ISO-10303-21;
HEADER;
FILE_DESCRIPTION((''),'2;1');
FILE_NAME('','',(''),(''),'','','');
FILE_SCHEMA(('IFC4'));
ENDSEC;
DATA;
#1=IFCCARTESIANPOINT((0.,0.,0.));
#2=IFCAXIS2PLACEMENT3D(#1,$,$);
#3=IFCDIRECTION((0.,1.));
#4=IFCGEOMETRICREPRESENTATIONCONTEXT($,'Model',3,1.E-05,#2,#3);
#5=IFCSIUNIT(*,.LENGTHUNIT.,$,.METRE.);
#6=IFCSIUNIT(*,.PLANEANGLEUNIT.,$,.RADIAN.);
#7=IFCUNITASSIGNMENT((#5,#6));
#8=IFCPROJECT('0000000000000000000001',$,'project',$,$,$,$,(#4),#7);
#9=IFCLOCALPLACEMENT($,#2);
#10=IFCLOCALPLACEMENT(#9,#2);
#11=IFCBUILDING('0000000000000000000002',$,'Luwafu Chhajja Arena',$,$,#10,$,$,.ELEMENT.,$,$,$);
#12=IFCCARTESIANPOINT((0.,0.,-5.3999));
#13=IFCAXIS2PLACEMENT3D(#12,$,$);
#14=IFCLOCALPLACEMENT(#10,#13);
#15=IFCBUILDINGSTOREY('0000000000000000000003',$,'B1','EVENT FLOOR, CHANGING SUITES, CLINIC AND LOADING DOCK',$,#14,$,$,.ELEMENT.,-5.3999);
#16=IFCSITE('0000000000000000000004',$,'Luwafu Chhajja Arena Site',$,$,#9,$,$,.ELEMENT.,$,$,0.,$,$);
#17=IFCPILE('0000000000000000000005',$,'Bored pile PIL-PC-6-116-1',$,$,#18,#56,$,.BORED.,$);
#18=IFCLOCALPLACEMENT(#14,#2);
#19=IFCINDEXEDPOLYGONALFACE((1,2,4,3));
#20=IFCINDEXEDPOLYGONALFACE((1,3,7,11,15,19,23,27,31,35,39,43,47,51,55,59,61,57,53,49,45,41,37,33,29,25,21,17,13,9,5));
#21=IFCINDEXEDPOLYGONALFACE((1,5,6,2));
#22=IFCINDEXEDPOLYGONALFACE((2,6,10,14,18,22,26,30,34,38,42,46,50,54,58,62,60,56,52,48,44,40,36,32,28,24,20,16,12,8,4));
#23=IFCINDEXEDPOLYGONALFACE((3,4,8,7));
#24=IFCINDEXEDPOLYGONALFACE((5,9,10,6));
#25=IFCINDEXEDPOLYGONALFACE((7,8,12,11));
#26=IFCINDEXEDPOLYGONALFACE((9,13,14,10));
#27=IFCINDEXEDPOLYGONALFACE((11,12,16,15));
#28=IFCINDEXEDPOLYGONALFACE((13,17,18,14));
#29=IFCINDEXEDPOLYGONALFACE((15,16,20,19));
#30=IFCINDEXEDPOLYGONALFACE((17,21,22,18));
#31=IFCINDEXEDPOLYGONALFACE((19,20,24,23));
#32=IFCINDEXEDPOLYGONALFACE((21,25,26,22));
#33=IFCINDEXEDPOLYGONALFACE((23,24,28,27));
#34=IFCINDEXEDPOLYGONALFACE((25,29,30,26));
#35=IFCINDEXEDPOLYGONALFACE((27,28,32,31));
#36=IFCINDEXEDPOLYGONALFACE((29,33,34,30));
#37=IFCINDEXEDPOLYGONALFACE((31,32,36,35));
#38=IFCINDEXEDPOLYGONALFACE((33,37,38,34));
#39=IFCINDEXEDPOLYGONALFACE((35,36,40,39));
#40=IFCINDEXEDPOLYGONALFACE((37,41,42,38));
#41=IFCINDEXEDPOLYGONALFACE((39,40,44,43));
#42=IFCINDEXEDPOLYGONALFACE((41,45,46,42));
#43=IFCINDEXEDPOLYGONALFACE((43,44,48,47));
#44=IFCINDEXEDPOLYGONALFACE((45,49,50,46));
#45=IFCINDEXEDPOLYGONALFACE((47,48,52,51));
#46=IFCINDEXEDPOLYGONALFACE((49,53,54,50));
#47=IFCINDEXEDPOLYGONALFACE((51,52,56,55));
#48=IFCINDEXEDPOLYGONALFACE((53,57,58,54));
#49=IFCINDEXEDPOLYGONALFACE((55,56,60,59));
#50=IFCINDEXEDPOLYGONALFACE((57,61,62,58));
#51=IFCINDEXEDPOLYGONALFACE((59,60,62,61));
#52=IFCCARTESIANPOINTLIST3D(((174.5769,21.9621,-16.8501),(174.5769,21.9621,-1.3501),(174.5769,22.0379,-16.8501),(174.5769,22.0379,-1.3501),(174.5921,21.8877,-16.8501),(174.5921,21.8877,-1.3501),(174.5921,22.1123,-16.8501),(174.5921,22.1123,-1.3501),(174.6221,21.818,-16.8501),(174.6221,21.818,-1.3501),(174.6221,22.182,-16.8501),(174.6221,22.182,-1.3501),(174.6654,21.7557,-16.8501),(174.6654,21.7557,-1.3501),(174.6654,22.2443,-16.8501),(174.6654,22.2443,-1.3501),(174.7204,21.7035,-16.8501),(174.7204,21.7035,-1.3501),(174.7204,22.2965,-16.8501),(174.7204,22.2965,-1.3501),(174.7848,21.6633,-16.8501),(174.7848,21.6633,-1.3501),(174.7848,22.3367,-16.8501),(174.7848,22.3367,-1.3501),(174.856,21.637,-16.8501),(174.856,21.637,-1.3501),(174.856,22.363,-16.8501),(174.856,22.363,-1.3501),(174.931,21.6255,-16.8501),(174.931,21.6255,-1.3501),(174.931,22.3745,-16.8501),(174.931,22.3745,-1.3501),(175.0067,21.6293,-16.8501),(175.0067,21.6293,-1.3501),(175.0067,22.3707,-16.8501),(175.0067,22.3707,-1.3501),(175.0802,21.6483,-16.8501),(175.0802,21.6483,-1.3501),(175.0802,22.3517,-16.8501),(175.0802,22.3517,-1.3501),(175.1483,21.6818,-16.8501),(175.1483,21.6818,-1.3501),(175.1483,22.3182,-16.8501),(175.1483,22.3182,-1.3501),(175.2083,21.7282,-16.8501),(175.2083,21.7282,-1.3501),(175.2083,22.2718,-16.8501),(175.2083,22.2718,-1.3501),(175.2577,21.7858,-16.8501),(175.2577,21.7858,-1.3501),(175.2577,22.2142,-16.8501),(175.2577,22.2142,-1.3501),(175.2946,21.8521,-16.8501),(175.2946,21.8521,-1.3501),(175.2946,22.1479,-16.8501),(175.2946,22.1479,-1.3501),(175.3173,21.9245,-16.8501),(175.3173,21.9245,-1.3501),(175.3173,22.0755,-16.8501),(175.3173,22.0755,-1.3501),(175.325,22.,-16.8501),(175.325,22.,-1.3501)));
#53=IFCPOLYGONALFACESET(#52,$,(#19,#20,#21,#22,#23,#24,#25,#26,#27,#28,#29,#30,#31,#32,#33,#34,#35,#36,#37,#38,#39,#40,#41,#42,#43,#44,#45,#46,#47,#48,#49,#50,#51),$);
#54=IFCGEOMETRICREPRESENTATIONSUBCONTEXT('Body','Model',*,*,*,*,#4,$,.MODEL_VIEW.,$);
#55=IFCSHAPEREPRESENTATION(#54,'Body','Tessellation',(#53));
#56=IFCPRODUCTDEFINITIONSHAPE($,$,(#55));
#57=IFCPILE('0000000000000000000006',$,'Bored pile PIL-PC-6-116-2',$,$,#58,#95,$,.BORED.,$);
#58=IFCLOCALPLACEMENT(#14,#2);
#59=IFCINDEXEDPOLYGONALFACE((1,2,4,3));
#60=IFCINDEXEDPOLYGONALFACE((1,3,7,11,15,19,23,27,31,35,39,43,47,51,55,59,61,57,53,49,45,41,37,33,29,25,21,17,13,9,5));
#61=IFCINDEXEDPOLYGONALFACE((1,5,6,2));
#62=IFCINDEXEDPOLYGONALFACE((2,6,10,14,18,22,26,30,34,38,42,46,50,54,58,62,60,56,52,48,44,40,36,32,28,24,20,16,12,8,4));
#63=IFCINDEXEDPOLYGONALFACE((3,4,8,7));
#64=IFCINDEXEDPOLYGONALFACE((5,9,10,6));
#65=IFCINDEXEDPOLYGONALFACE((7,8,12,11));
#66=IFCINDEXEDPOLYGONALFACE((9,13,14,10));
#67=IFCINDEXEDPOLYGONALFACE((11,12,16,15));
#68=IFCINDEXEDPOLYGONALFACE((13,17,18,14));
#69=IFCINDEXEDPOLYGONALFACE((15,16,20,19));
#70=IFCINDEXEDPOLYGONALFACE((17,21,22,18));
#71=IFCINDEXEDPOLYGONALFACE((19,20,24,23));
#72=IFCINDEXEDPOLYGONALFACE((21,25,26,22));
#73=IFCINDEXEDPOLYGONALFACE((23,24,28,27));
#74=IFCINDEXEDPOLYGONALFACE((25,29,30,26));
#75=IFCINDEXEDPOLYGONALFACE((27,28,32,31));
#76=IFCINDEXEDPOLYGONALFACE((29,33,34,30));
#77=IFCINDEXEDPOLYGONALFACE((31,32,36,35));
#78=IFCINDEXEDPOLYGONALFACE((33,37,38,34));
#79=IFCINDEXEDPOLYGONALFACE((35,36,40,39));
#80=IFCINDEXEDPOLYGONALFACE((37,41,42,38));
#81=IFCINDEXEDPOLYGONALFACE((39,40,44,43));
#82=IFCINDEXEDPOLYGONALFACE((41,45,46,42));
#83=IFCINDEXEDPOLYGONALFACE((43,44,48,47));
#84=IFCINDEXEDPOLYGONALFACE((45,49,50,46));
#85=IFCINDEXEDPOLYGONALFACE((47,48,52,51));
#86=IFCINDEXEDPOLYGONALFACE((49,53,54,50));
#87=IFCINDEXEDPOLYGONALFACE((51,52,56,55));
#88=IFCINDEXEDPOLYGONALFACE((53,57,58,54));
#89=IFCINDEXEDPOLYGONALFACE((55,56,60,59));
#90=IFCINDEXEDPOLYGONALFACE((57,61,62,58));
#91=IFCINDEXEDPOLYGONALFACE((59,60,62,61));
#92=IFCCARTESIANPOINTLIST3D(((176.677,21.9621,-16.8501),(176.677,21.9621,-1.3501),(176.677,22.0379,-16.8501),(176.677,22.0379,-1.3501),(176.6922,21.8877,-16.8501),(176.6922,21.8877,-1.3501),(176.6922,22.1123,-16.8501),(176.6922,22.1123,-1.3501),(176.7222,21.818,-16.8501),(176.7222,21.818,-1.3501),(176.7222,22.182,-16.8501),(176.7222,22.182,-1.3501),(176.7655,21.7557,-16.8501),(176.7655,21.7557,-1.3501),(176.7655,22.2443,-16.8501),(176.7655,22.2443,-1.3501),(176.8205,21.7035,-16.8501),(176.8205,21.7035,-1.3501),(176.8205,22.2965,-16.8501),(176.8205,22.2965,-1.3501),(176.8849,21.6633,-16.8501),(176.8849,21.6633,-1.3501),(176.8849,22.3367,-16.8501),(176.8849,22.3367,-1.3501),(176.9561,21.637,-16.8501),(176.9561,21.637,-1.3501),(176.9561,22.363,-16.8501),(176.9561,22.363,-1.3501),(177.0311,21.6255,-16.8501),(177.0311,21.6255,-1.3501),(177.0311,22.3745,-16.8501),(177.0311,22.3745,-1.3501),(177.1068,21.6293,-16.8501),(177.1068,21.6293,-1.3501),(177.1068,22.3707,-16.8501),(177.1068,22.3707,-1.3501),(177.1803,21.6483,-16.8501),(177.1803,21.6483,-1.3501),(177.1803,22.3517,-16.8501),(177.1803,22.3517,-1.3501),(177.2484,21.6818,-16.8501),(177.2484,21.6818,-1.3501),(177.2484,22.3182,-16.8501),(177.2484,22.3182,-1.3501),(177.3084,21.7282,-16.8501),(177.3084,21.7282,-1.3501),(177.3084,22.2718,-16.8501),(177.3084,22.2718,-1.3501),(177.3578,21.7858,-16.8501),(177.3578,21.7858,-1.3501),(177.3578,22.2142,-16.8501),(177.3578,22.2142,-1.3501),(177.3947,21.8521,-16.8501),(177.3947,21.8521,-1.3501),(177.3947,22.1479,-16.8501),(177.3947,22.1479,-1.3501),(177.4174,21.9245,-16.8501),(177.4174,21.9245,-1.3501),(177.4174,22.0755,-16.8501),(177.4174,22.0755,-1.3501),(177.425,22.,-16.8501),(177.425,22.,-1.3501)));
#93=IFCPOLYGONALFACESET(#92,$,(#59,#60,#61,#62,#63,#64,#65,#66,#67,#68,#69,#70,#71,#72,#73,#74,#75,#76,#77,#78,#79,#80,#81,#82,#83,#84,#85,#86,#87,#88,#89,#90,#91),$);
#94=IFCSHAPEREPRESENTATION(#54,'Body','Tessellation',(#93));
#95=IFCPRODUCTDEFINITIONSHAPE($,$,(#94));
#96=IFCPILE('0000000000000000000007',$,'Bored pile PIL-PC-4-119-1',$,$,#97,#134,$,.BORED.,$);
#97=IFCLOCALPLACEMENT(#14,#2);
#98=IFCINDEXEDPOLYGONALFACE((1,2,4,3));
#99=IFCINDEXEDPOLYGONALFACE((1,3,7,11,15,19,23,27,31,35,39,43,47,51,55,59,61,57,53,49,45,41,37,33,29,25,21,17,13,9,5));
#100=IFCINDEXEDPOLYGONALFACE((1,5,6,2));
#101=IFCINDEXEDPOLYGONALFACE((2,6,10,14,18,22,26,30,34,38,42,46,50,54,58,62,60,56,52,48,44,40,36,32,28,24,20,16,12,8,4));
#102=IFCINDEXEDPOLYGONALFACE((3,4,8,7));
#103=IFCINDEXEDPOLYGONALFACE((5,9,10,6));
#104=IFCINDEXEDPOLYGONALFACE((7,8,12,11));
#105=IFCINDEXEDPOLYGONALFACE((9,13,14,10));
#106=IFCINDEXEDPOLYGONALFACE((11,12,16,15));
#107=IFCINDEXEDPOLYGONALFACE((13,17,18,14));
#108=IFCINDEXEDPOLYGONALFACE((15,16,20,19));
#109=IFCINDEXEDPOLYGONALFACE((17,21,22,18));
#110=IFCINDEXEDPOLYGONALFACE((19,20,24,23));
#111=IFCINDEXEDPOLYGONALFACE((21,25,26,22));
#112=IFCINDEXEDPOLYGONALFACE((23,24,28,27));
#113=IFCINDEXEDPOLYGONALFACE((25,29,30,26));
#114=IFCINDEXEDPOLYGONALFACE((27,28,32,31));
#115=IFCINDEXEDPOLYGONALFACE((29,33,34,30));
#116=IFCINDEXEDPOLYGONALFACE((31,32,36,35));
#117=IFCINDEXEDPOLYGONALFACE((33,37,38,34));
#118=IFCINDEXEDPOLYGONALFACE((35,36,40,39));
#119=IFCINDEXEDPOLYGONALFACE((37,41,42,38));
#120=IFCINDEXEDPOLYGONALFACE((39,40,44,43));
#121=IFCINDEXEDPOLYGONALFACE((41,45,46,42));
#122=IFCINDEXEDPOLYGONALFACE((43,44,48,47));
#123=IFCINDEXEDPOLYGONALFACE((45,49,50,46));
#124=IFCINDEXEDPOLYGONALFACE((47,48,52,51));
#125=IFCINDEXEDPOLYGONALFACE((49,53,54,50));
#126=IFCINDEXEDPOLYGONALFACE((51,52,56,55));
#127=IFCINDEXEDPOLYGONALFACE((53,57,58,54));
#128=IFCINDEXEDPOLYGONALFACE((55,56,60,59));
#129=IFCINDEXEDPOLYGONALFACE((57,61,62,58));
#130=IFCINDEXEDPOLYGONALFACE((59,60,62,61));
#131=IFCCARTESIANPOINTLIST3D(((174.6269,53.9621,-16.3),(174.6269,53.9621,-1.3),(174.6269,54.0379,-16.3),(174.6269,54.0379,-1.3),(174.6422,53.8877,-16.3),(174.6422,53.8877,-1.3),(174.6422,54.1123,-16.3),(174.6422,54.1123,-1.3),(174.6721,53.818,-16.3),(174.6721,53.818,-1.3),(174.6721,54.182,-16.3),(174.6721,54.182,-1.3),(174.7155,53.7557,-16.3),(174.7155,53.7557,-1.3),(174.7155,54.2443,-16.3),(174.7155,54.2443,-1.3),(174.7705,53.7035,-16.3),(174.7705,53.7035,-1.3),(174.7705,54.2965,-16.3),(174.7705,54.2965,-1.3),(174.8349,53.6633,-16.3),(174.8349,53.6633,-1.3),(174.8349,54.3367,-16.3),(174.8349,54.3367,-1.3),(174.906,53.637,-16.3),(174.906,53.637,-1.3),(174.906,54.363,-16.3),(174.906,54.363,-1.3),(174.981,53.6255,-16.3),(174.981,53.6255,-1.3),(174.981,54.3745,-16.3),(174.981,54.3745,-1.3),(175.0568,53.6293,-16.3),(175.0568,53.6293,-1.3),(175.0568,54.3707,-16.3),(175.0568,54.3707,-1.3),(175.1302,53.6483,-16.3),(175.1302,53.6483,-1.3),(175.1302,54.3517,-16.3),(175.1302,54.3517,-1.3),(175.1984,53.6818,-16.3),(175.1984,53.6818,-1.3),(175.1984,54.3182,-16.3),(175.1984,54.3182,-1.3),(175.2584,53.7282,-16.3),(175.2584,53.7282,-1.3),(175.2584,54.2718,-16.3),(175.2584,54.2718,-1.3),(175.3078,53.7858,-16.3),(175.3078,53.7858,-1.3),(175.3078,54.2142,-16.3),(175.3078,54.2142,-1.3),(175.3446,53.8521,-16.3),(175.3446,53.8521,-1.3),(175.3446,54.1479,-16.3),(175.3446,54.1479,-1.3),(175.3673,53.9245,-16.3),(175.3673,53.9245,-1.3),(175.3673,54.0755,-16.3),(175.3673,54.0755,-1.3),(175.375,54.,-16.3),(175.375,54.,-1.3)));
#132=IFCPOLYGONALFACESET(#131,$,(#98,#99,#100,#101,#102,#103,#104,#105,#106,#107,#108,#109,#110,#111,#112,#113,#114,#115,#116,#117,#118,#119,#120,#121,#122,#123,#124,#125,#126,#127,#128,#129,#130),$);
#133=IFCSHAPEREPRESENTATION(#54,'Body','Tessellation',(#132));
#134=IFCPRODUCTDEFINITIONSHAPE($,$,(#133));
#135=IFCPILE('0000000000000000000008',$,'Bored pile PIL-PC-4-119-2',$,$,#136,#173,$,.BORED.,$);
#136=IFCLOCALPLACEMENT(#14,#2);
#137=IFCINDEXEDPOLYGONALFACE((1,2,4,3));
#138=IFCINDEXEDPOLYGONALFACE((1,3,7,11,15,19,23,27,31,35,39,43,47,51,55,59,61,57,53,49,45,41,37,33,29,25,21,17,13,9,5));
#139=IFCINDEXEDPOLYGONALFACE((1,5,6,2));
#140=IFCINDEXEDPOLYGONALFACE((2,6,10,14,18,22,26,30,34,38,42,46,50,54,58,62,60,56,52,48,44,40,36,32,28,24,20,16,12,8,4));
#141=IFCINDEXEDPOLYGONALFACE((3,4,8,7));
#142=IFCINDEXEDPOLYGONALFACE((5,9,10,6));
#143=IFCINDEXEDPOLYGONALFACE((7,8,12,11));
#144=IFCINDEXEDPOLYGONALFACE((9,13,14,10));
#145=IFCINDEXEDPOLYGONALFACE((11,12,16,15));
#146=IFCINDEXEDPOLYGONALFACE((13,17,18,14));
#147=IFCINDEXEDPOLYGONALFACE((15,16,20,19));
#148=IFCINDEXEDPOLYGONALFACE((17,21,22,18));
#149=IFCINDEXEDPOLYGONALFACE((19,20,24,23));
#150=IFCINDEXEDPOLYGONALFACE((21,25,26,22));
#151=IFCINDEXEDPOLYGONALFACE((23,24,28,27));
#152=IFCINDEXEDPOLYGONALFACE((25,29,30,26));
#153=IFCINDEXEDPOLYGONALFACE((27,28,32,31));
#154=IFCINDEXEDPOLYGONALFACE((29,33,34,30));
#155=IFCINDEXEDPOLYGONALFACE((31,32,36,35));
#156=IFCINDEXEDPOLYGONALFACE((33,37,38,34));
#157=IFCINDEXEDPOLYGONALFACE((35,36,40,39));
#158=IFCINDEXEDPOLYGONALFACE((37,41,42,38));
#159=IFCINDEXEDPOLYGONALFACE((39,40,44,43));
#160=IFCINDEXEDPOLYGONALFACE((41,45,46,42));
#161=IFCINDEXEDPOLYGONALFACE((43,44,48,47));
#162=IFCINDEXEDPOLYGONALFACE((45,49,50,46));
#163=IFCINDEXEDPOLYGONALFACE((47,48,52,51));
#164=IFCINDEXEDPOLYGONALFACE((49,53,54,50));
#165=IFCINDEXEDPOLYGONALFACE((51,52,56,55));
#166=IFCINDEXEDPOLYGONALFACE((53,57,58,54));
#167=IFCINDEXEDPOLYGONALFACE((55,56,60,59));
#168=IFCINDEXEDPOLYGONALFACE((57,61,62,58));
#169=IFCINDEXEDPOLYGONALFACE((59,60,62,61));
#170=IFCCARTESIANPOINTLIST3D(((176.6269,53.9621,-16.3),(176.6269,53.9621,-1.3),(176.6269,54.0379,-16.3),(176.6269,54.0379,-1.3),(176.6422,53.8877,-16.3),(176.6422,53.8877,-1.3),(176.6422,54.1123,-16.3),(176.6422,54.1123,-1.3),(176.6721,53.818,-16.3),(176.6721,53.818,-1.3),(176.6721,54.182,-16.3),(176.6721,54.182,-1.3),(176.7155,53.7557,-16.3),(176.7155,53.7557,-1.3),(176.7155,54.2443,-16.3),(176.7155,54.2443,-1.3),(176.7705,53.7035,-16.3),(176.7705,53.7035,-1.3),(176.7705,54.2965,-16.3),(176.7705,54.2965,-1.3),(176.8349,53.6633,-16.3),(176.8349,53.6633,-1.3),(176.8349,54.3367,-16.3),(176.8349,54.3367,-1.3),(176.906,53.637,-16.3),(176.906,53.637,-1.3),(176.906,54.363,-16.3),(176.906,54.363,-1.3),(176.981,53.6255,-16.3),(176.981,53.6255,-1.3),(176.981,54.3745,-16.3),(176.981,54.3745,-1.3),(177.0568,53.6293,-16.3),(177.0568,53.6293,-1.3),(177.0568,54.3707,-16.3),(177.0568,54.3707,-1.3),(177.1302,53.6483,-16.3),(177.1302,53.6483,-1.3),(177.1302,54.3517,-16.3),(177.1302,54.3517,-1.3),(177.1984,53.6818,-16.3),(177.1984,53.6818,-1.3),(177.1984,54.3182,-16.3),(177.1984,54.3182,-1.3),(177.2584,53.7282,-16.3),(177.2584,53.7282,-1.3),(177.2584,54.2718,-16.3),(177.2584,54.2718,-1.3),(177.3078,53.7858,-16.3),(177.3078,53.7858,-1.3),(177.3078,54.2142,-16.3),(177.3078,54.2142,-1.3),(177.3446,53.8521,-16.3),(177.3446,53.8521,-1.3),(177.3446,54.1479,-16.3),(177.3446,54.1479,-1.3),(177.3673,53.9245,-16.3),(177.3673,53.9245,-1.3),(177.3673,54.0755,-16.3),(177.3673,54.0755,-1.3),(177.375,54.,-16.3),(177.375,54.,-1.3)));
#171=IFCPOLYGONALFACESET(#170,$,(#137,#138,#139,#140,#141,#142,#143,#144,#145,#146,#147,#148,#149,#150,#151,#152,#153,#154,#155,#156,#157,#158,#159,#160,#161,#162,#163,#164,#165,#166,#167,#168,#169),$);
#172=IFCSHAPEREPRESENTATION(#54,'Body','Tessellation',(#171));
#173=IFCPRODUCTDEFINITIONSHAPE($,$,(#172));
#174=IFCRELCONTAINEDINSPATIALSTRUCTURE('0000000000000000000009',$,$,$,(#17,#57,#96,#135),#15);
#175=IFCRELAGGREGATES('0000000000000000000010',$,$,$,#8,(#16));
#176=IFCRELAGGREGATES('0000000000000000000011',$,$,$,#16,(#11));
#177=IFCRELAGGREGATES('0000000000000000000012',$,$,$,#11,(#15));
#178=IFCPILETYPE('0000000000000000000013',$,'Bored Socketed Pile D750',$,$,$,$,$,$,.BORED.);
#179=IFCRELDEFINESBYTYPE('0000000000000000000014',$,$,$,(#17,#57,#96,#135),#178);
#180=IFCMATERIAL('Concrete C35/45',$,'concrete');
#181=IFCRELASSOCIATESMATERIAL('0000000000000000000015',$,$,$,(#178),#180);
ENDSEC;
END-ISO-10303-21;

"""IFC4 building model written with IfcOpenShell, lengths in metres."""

from ifc_helpers import new_model, si_unit, direction, frame, origin, origin_2d, place, context, subcontext, project, spatial, circle, extrude, material, material_profile, profile_set, type_object, element, save


model = new_model("IFC4")

# Units and contexts
model_context = context("Model", 3, precision=1e-05, world=origin(), true_north=direction((0.0, 1.0)))
body_context = subcontext(model_context, "Body", "Model", "MODEL_VIEW")
ifc_project = project(units=[si_unit("LENGTHUNIT", "METRE"), si_unit("PLANEANGLEUNIT", "RADIAN")], contexts=[model_context])

# Site, building, storey
site_placement = place(None, origin())
site = spatial("IfcSite", under=ifc_project, at=site_placement, Name="Luwafu Chhajja Arena Site", CompositionType="ELEMENT", RefElevation=0.0)
building_placement = place(site_placement, origin())
building = spatial("IfcBuilding", under=site, at=building_placement, Name="Luwafu Chhajja Arena", CompositionType="ELEMENT")
storey_placement = place(building_placement, frame((0.0, 0.0, -5.3999)))
storey = spatial("IfcBuildingStorey", under=building, at=storey_placement, Name="B1", Description="EVENT FLOOR, CHANGING SUITES, CLINIC AND LOADING DOCK", CompositionType="ELEMENT", Elevation=-5.3999)

# Shared definitions
ifc_material_1 = material(Name="Concrete C35/45", Category="concrete")

# Piles
ifc_material_profile_1 = material_profile(ifc_material_1, circle(Radius=0.375, at=origin_2d()), Name="PILE D750")
ifc_profile_set_1 = profile_set([ifc_material_profile_1], Name="Concrete C35/45")
pile_type_1 = type_object("IfcPileType", Name="Bored Socketed Pile D750", PredefinedType="BORED", material=ifc_profile_set_1)
for number, where, z_axis, x_axis, name in (
    (1, (174.95, 22.0, -1.3501), (0.0, 0.0, -1.0), (1.0, 0.0, 0.0), "Bored pile PIL-PC-6-116-1"),
    (2, (177.05, 22.0, -1.3501), (0.0, 0.0, -1.0), (1.0, 0.0, 0.0), "Bored pile PIL-PC-6-116-2"),
):
    element("IfcPile", number, at=place(storey_placement, frame(where, z_axis=z_axis, x_axis=x_axis)), inside=storey, type_object=pile_type_1, Name=name, PredefinedType="BORED", context=body_context, shape_type="SweptSolid", body=[
        extrude(circle(Radius=0.375, at=origin_2d()), origin(), (0.0, 0.0, 1.0), 15.5),
    ])
for number, where, z_axis, x_axis, name in (
    (3, (175.0, 54.0, -1.3), (0.0, 0.0, -1.0), (1.0, 0.0, 0.0), "Bored pile PIL-PC-4-119-1"),
    (4, (177.0, 54.0, -1.3), (0.0, 0.0, -1.0), (1.0, 0.0, 0.0), "Bored pile PIL-PC-4-119-2"),
):
    element("IfcPile", number, at=place(storey_placement, frame(where, z_axis=z_axis, x_axis=x_axis)), inside=storey, type_object=pile_type_1, Name=name, PredefinedType="BORED", context=body_context, shape_type="SweptSolid", body=[
        extrude(circle(Radius=0.375, at=origin_2d()), origin(), (0.0, 0.0, 1.0), 15.0),
    ])

save(model, "model.ifc")
